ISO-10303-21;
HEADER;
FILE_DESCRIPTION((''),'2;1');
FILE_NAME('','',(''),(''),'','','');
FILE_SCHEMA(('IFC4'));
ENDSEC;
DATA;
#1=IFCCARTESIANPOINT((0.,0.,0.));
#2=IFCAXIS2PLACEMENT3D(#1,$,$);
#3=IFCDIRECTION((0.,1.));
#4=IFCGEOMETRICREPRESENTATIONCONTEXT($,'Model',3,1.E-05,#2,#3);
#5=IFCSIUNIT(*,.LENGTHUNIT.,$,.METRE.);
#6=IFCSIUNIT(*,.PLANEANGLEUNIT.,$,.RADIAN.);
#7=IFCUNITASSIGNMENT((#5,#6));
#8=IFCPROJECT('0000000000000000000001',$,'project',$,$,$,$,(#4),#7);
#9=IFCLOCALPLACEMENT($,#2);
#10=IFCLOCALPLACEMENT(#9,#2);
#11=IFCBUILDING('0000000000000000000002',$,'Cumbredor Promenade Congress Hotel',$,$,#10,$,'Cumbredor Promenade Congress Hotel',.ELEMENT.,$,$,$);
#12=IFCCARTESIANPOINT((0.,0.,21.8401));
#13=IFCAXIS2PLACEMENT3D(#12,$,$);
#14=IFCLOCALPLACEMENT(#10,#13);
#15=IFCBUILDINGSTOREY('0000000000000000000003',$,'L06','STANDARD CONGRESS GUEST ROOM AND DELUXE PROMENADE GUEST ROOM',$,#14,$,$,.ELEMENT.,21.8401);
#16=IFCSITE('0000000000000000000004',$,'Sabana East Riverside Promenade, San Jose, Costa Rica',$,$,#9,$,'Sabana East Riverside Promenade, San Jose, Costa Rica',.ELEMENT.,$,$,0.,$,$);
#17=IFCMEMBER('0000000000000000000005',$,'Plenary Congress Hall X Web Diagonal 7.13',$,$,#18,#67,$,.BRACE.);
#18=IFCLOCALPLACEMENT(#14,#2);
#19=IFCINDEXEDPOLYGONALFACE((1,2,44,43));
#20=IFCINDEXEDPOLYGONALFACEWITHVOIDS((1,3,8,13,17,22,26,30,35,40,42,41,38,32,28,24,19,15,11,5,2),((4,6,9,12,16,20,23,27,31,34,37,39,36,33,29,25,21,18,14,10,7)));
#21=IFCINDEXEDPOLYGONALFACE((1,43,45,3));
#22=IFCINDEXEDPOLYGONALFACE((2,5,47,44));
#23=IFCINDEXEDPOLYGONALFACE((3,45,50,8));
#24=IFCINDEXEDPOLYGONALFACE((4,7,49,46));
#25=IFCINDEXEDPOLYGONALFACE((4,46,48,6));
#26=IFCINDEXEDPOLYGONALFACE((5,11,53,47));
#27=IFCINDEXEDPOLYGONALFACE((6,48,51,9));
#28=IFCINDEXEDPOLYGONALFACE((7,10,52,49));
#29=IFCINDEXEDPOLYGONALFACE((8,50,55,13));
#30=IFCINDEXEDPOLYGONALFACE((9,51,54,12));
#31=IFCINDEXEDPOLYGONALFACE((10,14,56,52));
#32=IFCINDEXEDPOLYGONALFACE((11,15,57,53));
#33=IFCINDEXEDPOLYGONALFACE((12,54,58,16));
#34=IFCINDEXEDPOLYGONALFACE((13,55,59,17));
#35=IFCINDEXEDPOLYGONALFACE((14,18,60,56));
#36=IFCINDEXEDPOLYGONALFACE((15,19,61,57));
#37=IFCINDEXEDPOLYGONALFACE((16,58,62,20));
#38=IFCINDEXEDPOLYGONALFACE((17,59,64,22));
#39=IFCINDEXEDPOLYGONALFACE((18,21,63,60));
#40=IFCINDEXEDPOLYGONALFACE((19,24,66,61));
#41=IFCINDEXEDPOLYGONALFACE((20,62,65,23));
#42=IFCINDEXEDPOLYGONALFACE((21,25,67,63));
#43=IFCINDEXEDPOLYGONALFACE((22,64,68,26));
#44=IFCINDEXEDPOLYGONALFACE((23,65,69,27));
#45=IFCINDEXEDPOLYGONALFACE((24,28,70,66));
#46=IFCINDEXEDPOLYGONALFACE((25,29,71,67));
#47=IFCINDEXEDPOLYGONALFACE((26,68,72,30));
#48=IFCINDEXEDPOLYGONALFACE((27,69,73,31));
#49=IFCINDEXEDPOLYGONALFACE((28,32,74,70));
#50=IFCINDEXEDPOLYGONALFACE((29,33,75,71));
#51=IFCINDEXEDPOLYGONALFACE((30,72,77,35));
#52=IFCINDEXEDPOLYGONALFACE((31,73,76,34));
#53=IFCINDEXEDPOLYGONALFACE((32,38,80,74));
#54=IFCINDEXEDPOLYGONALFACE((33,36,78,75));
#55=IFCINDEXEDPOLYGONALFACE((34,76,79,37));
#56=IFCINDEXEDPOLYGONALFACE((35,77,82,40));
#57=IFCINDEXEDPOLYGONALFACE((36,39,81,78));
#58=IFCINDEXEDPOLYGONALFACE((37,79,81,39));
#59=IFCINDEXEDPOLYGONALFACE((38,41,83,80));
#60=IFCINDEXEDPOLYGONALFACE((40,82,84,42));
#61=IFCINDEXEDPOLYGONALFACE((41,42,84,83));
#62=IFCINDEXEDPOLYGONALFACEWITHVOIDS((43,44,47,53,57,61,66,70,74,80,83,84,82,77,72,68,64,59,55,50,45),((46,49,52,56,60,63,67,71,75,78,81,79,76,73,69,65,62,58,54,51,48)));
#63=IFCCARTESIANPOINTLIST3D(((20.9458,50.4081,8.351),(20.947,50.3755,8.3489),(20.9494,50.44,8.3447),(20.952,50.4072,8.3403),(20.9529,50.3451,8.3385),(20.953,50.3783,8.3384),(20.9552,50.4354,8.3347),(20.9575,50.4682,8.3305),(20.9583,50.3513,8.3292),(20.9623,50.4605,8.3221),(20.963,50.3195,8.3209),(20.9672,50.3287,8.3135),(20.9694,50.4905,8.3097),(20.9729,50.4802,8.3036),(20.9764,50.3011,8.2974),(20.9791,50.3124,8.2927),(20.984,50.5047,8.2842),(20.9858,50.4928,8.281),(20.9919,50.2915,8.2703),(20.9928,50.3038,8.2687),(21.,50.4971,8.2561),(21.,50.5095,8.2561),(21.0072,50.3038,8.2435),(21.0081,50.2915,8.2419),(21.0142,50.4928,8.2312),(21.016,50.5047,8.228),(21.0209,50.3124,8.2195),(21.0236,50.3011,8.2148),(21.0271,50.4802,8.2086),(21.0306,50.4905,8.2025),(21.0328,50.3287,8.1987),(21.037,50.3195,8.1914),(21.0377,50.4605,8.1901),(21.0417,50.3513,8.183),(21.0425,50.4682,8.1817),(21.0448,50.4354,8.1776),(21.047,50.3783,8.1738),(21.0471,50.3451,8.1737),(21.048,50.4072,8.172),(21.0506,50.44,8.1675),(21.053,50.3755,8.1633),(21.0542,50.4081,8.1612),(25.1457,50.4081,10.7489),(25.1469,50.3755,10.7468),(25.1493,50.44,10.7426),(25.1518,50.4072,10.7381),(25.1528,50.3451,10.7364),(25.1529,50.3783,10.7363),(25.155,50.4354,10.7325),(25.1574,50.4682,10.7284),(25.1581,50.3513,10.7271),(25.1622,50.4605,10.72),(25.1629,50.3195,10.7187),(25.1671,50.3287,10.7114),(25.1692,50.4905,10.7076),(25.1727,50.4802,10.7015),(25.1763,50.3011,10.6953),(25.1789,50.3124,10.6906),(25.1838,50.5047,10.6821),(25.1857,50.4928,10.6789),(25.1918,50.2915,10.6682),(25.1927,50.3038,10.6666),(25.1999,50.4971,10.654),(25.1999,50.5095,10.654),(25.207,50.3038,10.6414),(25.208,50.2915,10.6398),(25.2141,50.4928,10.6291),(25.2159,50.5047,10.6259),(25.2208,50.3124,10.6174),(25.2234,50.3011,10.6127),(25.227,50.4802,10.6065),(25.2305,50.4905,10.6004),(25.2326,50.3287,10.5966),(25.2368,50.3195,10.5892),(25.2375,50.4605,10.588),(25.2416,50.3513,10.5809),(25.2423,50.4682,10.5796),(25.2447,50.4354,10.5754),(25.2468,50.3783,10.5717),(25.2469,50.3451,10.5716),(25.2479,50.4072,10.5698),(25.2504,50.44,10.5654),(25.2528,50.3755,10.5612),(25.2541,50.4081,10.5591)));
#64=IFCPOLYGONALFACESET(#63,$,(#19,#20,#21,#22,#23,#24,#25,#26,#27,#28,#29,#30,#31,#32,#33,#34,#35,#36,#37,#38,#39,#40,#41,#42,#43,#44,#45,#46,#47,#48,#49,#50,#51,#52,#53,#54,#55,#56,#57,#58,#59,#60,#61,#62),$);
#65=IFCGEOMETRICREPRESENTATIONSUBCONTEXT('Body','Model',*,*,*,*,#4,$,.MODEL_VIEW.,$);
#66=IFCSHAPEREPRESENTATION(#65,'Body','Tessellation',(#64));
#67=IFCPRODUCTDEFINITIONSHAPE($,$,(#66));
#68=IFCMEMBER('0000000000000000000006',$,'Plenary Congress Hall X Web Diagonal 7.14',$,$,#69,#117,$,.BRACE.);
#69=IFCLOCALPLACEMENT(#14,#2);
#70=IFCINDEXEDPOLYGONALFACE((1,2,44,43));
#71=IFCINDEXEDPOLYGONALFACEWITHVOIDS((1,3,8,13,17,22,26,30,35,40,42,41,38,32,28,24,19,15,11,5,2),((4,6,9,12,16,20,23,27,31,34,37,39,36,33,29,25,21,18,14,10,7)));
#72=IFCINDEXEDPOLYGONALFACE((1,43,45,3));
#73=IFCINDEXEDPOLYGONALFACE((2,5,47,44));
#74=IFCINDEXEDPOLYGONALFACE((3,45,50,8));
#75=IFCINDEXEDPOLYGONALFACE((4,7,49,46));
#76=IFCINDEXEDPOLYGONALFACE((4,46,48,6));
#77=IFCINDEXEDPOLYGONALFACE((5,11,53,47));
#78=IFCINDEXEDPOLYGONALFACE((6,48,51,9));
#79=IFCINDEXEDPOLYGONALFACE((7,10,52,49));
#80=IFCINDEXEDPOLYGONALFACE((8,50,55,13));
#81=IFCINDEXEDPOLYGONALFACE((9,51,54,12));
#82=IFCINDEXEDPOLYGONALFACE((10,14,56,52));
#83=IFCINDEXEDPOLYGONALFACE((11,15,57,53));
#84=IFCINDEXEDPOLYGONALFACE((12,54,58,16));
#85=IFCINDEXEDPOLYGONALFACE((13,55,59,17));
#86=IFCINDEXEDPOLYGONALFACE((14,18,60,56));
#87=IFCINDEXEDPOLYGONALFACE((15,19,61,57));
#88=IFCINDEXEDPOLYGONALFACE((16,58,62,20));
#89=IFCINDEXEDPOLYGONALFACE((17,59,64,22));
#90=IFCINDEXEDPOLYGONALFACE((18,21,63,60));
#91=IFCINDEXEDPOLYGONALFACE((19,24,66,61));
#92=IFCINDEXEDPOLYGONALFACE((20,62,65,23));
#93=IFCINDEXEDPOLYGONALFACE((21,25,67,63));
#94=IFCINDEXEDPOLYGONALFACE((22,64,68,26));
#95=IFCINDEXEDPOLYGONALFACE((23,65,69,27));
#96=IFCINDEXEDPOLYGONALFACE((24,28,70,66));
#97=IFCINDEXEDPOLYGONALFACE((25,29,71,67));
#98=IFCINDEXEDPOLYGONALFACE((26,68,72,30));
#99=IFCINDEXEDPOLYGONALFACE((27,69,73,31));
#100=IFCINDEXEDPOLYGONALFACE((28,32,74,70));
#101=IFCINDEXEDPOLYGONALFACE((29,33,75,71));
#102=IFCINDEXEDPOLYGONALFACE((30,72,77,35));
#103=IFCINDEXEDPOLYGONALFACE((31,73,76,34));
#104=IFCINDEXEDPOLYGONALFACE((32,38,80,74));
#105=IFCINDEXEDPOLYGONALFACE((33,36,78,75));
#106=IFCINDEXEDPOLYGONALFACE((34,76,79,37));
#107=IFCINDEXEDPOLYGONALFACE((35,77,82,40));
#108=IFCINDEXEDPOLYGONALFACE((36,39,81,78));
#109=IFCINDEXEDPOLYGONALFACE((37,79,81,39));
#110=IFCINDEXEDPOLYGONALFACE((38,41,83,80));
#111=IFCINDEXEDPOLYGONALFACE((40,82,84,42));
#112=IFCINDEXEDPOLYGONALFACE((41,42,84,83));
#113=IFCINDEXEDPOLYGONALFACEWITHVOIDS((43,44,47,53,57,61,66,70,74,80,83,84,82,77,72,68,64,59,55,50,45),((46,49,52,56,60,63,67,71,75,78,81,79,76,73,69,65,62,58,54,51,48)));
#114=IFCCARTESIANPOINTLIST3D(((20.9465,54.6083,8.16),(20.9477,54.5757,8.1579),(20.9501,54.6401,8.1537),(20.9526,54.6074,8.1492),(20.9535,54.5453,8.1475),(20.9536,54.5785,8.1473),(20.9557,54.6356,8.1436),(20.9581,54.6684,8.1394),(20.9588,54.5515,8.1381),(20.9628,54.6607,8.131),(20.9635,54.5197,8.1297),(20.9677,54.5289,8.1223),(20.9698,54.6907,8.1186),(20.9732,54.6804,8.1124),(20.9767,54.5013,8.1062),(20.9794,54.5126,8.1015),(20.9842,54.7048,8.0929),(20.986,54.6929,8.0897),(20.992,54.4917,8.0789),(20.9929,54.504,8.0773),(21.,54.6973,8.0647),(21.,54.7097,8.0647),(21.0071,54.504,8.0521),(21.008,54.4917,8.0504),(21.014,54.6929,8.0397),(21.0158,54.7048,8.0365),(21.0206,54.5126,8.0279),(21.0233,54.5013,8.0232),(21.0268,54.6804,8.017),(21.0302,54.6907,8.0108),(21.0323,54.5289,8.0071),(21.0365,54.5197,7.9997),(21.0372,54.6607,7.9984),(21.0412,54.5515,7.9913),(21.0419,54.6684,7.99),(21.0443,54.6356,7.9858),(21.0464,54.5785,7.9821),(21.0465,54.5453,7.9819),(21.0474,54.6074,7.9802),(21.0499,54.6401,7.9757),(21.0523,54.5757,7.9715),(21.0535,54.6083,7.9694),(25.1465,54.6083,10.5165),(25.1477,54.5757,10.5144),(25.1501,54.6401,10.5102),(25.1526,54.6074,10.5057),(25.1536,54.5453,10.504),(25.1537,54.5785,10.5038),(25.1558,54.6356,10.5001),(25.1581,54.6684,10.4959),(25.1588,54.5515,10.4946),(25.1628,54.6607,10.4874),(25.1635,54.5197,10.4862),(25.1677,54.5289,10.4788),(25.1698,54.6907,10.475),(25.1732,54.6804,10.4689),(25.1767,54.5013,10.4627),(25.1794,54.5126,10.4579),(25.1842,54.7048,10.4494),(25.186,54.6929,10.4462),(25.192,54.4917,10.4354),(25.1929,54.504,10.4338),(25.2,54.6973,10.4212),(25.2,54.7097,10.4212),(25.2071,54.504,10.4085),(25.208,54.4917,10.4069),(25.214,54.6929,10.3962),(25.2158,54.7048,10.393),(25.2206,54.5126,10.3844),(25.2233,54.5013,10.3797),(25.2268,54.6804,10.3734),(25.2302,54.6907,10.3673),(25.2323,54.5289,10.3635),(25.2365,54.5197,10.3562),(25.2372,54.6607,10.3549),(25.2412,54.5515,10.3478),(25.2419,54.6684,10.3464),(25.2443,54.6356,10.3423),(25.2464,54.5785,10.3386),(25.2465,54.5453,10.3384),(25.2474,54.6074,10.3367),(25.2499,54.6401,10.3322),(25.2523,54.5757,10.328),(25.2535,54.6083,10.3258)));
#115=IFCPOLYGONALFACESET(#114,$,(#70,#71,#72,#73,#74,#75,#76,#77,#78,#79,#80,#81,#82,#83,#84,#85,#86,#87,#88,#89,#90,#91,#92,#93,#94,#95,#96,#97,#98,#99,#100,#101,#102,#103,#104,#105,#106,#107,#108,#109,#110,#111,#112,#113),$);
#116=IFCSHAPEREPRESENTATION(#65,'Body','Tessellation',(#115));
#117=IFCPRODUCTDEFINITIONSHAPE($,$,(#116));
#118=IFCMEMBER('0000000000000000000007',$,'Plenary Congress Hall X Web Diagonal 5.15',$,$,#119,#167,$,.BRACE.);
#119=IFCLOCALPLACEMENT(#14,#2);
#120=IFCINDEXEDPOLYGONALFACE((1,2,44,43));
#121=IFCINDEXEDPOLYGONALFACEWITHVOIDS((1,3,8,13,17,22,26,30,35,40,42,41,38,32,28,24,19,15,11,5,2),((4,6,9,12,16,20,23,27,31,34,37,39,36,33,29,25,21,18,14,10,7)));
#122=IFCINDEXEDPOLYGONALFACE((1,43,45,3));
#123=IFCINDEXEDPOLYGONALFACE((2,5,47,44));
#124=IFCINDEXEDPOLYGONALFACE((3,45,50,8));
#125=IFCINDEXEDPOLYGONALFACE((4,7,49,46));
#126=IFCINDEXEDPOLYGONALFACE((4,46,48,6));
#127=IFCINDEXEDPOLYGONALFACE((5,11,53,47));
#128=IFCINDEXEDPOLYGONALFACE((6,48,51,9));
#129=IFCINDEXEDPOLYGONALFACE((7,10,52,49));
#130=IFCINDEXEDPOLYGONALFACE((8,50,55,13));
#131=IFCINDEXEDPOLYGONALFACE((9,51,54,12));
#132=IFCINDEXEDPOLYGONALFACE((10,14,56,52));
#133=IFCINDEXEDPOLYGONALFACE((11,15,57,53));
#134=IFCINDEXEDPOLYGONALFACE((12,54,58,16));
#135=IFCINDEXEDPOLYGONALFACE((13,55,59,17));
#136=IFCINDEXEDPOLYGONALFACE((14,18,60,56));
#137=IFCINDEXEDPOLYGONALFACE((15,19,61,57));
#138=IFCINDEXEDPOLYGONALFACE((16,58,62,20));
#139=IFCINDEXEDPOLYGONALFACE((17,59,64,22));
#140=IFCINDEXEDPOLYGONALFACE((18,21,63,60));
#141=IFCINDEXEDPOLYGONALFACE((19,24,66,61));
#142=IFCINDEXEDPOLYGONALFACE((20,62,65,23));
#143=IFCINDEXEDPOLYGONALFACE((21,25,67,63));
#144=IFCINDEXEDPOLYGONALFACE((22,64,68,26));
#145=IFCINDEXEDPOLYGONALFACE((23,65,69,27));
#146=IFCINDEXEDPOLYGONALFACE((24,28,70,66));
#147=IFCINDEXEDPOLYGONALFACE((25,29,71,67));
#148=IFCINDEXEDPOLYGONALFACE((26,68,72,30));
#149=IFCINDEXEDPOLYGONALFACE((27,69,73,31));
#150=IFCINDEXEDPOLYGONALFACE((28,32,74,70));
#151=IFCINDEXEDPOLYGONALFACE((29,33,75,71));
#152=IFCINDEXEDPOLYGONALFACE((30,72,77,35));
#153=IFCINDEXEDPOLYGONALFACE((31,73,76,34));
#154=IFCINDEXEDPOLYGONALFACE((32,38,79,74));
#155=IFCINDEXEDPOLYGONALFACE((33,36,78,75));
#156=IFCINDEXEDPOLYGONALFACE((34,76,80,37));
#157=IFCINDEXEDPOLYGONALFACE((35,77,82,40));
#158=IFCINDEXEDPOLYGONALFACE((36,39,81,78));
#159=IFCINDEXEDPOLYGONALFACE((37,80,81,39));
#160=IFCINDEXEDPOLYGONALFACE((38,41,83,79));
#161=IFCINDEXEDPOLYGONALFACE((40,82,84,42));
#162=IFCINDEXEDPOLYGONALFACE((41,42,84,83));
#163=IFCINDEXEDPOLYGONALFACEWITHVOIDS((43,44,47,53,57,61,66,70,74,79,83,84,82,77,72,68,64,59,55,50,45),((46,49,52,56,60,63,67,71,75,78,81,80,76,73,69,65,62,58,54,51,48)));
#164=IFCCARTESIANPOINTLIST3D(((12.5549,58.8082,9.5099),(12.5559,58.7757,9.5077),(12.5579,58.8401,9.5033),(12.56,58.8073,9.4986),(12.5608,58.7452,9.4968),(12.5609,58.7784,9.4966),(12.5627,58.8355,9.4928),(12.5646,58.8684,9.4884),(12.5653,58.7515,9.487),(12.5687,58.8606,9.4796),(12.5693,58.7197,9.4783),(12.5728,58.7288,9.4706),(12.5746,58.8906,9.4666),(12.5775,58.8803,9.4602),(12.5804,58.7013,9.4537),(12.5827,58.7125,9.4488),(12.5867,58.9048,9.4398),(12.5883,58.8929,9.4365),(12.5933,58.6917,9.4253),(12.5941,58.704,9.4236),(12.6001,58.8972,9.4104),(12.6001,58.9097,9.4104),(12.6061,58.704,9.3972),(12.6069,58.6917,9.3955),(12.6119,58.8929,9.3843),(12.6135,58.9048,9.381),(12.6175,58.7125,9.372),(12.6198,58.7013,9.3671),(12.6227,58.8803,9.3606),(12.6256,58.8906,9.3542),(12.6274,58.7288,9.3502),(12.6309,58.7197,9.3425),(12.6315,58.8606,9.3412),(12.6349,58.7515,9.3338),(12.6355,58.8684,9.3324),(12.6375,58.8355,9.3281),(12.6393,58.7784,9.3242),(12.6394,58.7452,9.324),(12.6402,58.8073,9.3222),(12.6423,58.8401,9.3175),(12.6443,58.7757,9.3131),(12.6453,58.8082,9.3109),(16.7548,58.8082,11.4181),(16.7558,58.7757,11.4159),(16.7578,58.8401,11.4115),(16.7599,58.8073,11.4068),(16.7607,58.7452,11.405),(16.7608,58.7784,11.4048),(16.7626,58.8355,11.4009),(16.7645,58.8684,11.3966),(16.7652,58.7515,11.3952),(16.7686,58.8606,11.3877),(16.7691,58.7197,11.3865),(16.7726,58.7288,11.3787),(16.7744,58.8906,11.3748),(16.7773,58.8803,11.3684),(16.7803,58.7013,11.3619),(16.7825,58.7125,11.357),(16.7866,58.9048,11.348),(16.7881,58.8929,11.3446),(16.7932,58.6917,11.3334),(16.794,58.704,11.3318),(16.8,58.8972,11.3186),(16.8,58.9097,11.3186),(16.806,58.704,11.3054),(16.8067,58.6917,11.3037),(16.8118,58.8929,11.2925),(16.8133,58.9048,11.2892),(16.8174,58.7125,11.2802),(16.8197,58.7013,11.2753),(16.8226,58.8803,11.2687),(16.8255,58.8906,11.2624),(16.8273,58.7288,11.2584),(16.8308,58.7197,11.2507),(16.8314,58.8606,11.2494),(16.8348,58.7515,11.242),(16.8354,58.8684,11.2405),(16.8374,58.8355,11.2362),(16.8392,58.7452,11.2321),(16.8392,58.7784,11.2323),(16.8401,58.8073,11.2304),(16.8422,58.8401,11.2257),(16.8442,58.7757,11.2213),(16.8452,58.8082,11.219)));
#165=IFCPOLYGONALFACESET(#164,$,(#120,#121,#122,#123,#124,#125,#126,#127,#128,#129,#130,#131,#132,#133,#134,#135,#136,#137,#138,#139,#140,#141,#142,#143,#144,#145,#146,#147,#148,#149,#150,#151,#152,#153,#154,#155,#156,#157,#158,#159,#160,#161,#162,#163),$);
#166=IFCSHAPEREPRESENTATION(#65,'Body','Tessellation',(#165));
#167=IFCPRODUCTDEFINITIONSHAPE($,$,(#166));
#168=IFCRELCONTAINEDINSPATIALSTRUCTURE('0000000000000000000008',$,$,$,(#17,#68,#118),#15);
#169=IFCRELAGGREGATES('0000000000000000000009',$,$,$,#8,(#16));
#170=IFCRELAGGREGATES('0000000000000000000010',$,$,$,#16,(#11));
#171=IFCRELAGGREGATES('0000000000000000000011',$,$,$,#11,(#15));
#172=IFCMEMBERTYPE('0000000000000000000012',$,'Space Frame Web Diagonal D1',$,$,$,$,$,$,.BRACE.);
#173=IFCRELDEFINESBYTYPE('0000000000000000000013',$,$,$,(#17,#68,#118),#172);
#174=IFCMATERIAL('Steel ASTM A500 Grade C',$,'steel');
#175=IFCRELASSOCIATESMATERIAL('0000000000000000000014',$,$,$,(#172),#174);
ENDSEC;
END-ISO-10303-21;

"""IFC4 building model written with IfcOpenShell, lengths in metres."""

from ifc_helpers import new_model, si_unit, direction, frame, origin, origin_2d, place, context, subcontext, project, spatial, hollow_circle, extrude, material, material_profile, profile_set, type_object, element, save


model = new_model("IFC4")

# Units and contexts
model_context = context("Model", 3, precision=1e-05, world=origin(), true_north=direction((0.0, 1.0)))
body_context = subcontext(model_context, "Body", "Model", "MODEL_VIEW")
ifc_project = project(units=[si_unit("LENGTHUNIT", "METRE"), si_unit("PLANEANGLEUNIT", "RADIAN")], contexts=[model_context])

# Site, building, storey
site_placement = place(None, origin())
site = spatial("IfcSite", under=ifc_project, at=site_placement, Name="Sabana East Riverside Promenade, San Jose, Costa Rica", LongName="Sabana East Riverside Promenade, San Jose, Costa Rica", CompositionType="ELEMENT", RefElevation=0.0)
building_placement = place(site_placement, origin())
building = spatial("IfcBuilding", under=site, at=building_placement, Name="Cumbredor Promenade Congress Hotel", LongName="Cumbredor Promenade Congress Hotel", CompositionType="ELEMENT")
storey_placement = place(building_placement, frame((0.0, 0.0, 21.8401)))
storey = spatial("IfcBuildingStorey", under=building, at=storey_placement, Name="L06", Description="STANDARD CONGRESS GUEST ROOM AND DELUXE PROMENADE GUEST ROOM", CompositionType="ELEMENT", Elevation=21.8401)

# Members
ifc_material_1 = material(Name="Steel ASTM A500 Grade C", Category="steel")
ifc_material_profile_1 = material_profile(ifc_material_1, hollow_circle(Radius=0.1096, WallThickness=0.0125, at=origin_2d()), Name="CHS 219.1x12.5")
ifc_profile_set_1 = profile_set([ifc_material_profile_1], Name="Steel ASTM A500 Grade C")
member_type_1 = type_object("IfcMemberType", Name="Space Frame Web Diagonal D1", PredefinedType="BRACE", material=ifc_profile_set_1)
member_1_placement = place(storey_placement, frame((21.0, 50.3999, 8.2561), z_axis=(0.868423, 0.0, 0.495824), x_axis=(0.0, 1.0, 0.0)))
element("IfcMember", 1, at=member_1_placement, inside=storey, type_object=member_type_1, Name="Plenary Congress Hall X Web Diagonal 7.13", PredefinedType="BRACE", context=body_context, shape_type="SweptSolid", body=[
    extrude(hollow_circle(Radius=0.1096, WallThickness=0.0125, at=origin_2d()), origin(), (0.0, 0.0, 1.0), 4.8362),
])
member_2_placement = place(storey_placement, frame((21.0, 54.6001, 8.0647), z_axis=(0.87211, 0.0, 0.48931), x_axis=(0.0, 1.0, 0.0)))
element("IfcMember", 2, at=member_2_placement, inside=storey, type_object=member_type_1, Name="Plenary Congress Hall X Web Diagonal 7.14", PredefinedType="BRACE", context=body_context, shape_type="SweptSolid", body=[
    extrude(hollow_circle(Radius=0.1096, WallThickness=0.0125, at=origin_2d()), origin(), (0.0, 0.0, 1.0), 4.8159),
])
member_3_placement = place(storey_placement, frame((12.6001, 58.8, 9.4104), z_axis=(0.910437, 0.0, 0.413647), x_axis=(0.0, 1.0, 0.0)))
element("IfcMember", 3, at=member_3_placement, inside=storey, type_object=member_type_1, Name="Plenary Congress Hall X Web Diagonal 5.15", PredefinedType="BRACE", context=body_context, shape_type="SweptSolid", body=[
    extrude(hollow_circle(Radius=0.1096, WallThickness=0.0125, at=origin_2d()), origin(), (0.0, 0.0, 1.0), 4.613),
])

save(model, "model.ifc")
